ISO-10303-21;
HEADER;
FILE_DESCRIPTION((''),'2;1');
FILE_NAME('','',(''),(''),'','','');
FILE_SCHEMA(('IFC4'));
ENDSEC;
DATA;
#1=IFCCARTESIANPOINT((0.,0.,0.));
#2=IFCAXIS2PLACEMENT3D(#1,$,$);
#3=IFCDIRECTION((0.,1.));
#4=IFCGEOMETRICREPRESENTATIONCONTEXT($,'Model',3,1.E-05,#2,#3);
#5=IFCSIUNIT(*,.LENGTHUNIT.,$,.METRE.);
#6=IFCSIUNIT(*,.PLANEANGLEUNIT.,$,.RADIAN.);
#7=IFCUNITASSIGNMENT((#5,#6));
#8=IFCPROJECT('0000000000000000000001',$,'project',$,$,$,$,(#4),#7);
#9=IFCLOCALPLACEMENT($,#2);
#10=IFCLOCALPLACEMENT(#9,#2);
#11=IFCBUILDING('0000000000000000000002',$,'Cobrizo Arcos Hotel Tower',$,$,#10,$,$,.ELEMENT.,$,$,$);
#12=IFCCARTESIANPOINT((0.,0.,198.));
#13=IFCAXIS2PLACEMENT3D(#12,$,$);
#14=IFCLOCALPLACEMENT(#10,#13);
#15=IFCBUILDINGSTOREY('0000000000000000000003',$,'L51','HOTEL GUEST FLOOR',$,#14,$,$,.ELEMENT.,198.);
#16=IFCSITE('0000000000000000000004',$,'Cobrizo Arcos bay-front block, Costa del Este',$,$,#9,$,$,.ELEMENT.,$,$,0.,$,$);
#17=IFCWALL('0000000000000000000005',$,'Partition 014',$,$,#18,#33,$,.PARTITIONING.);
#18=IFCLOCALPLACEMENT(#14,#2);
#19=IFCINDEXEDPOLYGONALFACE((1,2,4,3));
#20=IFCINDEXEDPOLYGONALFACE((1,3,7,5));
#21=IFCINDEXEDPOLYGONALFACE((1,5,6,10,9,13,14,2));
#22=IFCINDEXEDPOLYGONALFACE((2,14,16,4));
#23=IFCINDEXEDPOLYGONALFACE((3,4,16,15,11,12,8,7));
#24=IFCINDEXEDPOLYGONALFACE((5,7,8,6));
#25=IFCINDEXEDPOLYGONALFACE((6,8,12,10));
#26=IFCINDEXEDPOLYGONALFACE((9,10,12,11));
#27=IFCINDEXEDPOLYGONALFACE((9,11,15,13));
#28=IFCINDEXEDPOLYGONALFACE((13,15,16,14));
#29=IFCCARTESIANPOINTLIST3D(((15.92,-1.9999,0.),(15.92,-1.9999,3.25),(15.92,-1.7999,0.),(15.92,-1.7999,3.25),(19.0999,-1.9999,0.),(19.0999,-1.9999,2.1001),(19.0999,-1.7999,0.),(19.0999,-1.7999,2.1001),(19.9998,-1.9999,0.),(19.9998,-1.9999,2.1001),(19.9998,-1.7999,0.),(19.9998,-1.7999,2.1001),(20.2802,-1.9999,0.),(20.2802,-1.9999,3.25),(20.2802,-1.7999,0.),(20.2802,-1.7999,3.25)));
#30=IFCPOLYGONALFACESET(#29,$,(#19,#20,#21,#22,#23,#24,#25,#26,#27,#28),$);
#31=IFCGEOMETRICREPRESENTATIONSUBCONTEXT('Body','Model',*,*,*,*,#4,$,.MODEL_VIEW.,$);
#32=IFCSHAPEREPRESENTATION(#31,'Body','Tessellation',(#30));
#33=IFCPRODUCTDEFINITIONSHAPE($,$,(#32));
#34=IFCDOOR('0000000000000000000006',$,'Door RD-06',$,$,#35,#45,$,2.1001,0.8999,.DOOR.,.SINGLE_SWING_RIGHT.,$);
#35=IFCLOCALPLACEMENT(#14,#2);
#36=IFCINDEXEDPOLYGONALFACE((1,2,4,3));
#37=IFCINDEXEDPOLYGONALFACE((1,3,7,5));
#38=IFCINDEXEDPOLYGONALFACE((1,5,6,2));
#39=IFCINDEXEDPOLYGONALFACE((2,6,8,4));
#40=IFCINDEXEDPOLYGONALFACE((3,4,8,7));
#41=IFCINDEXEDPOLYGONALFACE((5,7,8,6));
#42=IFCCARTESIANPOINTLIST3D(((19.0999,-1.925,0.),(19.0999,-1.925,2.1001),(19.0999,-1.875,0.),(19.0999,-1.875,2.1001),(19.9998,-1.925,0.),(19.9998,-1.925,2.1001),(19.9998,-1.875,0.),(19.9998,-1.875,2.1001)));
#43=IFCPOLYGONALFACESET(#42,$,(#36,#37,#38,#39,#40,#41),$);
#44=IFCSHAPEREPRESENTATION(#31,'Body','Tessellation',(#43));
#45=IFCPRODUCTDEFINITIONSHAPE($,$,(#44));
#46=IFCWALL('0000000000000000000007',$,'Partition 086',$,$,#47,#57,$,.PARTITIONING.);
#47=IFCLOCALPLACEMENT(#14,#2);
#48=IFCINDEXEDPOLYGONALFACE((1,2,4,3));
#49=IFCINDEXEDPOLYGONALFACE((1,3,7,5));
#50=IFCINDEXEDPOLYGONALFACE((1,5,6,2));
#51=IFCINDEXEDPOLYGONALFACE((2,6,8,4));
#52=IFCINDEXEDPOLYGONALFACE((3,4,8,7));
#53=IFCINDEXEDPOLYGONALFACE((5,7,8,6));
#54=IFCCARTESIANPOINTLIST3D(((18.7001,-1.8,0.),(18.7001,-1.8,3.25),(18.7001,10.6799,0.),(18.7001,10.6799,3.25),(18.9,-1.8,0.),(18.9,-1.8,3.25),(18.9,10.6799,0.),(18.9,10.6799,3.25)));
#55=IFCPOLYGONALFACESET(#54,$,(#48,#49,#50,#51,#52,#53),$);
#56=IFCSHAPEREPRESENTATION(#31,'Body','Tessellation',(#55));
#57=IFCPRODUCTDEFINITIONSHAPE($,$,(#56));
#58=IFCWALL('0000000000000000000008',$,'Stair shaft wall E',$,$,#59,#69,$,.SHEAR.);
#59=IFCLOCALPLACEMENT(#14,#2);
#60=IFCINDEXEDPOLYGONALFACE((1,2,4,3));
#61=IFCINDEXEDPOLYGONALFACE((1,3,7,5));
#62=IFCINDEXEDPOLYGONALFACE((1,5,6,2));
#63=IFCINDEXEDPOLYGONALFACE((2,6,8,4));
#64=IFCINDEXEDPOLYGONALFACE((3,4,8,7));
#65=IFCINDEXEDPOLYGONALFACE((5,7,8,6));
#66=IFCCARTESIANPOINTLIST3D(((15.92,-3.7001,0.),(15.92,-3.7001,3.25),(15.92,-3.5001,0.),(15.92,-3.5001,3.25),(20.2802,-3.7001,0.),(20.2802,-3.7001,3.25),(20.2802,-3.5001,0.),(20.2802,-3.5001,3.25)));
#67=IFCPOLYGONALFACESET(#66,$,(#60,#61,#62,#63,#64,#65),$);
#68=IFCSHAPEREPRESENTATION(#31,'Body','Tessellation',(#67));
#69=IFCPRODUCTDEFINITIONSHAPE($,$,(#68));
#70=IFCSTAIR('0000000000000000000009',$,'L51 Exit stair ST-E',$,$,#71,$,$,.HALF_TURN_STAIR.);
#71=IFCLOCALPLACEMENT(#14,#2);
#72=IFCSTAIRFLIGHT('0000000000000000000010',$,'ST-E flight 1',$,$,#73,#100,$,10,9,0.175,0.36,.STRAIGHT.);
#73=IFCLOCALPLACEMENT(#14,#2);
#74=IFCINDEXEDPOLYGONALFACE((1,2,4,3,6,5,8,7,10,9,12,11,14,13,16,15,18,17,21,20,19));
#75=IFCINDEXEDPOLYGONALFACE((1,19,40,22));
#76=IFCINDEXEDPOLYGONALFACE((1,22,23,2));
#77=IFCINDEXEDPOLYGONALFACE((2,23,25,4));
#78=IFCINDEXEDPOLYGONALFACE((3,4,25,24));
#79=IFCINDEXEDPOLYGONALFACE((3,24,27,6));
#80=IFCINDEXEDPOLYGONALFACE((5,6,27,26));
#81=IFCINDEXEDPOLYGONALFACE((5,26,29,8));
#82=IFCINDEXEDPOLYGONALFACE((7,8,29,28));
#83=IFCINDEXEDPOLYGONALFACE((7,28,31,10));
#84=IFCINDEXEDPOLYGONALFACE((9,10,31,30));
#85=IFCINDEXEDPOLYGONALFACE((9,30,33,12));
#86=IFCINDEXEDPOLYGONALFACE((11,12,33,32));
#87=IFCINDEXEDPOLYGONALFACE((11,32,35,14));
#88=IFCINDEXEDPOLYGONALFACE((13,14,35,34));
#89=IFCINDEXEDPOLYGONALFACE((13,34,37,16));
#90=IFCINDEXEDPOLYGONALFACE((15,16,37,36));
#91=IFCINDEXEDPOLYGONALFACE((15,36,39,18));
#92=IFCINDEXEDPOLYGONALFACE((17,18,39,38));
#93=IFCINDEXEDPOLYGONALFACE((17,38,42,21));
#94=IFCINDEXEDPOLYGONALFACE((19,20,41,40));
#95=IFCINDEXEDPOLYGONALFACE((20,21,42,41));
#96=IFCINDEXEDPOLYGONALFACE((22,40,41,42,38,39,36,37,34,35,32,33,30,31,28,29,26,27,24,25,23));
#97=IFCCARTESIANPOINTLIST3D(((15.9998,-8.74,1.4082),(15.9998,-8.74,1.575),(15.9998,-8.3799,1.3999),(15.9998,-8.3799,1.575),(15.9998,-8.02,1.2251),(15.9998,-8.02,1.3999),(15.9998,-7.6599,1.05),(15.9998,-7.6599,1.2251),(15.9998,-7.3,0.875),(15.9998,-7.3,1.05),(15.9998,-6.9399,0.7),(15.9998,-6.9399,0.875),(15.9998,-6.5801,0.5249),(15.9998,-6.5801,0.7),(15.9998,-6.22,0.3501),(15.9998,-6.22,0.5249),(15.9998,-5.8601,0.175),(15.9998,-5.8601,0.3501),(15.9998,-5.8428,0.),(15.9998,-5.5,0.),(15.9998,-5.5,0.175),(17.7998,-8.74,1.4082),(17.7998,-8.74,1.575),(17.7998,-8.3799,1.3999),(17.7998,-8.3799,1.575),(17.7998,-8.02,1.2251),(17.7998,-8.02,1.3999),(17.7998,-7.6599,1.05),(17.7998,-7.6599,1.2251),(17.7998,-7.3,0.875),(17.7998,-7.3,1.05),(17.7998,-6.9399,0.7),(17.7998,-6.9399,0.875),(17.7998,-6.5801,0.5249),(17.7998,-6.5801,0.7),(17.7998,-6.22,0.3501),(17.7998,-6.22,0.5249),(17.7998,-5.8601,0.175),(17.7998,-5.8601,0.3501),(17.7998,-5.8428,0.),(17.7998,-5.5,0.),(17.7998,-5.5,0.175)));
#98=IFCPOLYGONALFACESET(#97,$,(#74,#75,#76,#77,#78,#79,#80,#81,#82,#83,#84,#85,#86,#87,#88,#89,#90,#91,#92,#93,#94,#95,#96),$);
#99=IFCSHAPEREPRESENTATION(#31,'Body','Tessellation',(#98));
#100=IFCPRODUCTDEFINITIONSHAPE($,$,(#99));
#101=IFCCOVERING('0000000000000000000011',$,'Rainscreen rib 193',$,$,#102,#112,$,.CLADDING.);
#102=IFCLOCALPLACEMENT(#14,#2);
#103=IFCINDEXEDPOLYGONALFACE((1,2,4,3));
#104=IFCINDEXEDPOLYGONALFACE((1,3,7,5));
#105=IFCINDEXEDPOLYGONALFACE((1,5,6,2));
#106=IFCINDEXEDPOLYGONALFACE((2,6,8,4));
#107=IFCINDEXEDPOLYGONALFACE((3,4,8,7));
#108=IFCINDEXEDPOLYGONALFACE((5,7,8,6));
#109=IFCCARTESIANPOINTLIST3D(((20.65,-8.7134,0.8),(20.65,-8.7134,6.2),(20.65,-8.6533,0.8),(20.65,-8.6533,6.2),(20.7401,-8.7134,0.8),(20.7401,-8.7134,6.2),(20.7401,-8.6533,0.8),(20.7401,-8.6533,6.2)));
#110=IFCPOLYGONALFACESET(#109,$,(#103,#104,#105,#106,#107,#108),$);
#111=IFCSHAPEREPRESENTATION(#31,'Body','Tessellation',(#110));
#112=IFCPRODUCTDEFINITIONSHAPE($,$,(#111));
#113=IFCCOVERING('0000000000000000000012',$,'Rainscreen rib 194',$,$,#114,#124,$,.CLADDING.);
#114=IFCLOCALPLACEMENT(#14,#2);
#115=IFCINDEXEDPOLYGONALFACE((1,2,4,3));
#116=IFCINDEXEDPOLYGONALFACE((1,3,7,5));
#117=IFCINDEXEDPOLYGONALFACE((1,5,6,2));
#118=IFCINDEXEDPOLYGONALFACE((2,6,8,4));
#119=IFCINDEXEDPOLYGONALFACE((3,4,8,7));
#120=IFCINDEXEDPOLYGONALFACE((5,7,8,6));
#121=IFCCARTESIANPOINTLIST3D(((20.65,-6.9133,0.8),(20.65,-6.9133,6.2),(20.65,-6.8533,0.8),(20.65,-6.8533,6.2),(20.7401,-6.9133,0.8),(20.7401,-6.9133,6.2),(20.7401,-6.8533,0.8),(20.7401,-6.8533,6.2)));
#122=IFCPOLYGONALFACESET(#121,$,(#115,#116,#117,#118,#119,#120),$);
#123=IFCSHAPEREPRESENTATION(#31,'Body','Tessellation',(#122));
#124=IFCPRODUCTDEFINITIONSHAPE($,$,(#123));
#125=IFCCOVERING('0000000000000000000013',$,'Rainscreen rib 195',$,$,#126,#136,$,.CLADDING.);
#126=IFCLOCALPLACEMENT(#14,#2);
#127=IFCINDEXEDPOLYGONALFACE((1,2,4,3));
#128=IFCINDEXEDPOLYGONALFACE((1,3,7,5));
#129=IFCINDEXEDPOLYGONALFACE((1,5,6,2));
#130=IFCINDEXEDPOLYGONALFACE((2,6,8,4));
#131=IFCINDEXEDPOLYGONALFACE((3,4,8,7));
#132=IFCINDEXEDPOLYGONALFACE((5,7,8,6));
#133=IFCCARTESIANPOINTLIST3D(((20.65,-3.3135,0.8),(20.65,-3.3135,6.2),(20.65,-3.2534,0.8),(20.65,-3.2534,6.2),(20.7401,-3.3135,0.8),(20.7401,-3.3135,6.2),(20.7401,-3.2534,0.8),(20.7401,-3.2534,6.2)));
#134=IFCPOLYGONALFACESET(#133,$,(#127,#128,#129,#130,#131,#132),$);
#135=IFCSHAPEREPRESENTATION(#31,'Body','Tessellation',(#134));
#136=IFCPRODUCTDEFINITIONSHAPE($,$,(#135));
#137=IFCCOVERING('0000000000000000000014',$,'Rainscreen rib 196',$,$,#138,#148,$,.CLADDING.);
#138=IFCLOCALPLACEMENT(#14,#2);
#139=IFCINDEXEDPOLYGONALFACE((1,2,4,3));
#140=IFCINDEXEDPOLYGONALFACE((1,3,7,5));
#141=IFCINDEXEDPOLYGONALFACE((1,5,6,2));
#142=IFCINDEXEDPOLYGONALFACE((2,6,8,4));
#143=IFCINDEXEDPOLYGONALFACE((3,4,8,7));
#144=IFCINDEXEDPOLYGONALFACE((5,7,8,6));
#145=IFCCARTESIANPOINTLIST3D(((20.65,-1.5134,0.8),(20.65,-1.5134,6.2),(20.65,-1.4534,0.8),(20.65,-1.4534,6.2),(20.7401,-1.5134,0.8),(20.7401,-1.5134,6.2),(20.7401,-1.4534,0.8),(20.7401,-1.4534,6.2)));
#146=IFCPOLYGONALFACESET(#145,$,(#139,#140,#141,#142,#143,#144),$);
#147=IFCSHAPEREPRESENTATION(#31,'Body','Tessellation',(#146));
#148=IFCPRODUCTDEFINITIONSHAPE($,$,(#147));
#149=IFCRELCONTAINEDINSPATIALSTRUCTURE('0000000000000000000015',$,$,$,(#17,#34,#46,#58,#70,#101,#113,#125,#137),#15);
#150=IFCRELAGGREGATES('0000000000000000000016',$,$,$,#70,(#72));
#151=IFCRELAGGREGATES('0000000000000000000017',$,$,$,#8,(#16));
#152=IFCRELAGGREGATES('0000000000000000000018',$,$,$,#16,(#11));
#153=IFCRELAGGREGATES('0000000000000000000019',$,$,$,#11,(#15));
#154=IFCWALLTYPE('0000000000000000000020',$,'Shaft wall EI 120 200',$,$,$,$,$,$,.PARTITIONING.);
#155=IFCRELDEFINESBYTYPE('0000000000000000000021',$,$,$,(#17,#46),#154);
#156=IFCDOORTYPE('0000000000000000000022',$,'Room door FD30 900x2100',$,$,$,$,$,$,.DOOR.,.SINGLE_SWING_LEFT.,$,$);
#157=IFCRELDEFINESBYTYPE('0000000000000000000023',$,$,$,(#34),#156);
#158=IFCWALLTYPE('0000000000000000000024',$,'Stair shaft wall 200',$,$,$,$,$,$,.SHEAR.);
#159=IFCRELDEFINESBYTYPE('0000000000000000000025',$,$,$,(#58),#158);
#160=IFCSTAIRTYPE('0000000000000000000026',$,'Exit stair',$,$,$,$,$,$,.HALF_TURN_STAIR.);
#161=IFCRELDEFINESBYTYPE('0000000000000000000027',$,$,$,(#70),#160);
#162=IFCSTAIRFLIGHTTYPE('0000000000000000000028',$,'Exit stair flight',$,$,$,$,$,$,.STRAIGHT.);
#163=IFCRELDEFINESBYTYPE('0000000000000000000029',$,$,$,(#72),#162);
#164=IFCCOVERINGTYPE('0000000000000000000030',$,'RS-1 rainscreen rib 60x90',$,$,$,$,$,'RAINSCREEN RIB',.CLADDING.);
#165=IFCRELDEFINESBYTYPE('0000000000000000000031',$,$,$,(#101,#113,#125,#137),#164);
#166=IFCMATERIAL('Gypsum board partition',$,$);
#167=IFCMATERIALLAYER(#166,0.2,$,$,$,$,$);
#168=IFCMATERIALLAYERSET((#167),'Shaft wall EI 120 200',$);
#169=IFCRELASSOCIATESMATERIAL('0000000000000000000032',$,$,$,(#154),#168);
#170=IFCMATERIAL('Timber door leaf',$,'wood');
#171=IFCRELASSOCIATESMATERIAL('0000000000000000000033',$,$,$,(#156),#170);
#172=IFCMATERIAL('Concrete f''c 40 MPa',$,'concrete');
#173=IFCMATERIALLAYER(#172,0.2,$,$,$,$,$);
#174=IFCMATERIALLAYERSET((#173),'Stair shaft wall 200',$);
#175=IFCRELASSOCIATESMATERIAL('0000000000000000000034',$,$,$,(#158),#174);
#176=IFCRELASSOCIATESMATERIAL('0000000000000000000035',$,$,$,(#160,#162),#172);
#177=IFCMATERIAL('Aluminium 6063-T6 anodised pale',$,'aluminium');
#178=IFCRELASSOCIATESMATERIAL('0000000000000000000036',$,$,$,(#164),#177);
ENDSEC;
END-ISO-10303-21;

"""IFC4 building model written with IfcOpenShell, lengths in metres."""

from ifc_helpers import new_model, si_unit, direction, frame, frame_2d, origin, origin_2d, place, context, subcontext, project, spatial, polyline, rectangle, outline, extrude, material, layer, layer_set, type_object, element, fill, aggregate, save


model = new_model("IFC4")

# Units and contexts
model_context = context("Model", 3, precision=1e-05, world=origin(), true_north=direction((0.0, 1.0)))
body_context = subcontext(model_context, "Body", "Model", "MODEL_VIEW")
ifc_project = project(units=[si_unit("LENGTHUNIT", "METRE"), si_unit("PLANEANGLEUNIT", "RADIAN")], contexts=[model_context])

# Site, building, storey
site_placement = place(None, origin())
site = spatial("IfcSite", under=ifc_project, at=site_placement, Name="Cobrizo Arcos bay-front block, Costa del Este", CompositionType="ELEMENT", RefElevation=0.0)
building_placement = place(site_placement, origin())
building = spatial("IfcBuilding", under=site, at=building_placement, Name="Cobrizo Arcos Hotel Tower", CompositionType="ELEMENT")
storey_placement = place(building_placement, frame((0.0, 0.0, 198.0)))
storey = spatial("IfcBuildingStorey", under=building, at=storey_placement, Name="L51", Description="HOTEL GUEST FLOOR", CompositionType="ELEMENT", Elevation=198.0)

# Wall, opening, door
ifc_material_1 = material(Name="Gypsum board partition")
ifc_layer_1 = layer(ifc_material_1, 0.2)
ifc_layer_set_1 = layer_set([ifc_layer_1], Name="Shaft wall EI 120 200")
wall_type_1 = type_object("IfcWallType", Name="Shaft wall EI 120 200", PredefinedType="PARTITIONING", material=ifc_layer_set_1)
wall_1_placement = place(storey_placement, frame((15.9199, -1.8999, 0.0), z_axis=(0.0, 0.0, 1.0), x_axis=(1.0, 0.0, 0.0)))
wall_1 = element("IfcWall", 1, at=wall_1_placement, inside=storey, type_object=wall_type_1, Name="Partition 014", PredefinedType="PARTITIONING", context=body_context, shape_type="SweptSolid", body=[
    extrude(rectangle(XDim=4.3601, YDim=0.2, at=frame_2d((2.1802, 0.0))), origin(), (0.0, 0.0, 1.0), 3.25),
])
opening_placement = place(wall_1_placement, frame((3.1799, 0.0, 0.0)))
opening = element("IfcOpeningElement", 2, at=opening_placement, cuts=wall_1, PredefinedType="OPENING", context=body_context, shape_type="SweptSolid", body=[
    extrude(rectangle(XDim=0.8999, YDim=2.1001, at=frame_2d((0.45, 1.05))), frame((0.0, 0.1121, 0.0), z_axis=(0.0, -1.0, 0.0), x_axis=(1.0, 0.0, 0.0)), (0.0, 0.0, 1.0), 0.2239),
])
ifc_material_2 = material(Name="Timber door leaf", Category="wood")
door_type = type_object("IfcDoorType", Name="Room door FD30 900x2100", OperationType="SINGLE_SWING_LEFT", PredefinedType="DOOR", material=ifc_material_2)
door_placement = place(opening_placement, origin())
door = element("IfcDoor", 3, at=door_placement, inside=storey, type_object=door_type, Name="Door RD-06", OperationType="SINGLE_SWING_RIGHT", OverallHeight=2.1001, OverallWidth=0.8999, PredefinedType="DOOR", context=body_context, shape_type="SweptSolid", body=[
    extrude(rectangle(XDim=0.8999, YDim=2.1001, at=frame_2d((0.45, 1.05))), frame((0.0, 0.0249, 0.0), z_axis=(0.0, -1.0, 0.0), x_axis=(1.0, 0.0, 0.0)), (0.0, 0.0, 1.0), 0.05),
])
fill(opening, door)

# Walls
wall_2_placement = place(storey_placement, frame((18.8, -1.8, 0.0), z_axis=(0.0, 0.0, 1.0), x_axis=(0.0, 1.0, 0.0)))
element("IfcWall", 4, at=wall_2_placement, inside=storey, type_object=wall_type_1, Name="Partition 086", PredefinedType="PARTITIONING", context=body_context, shape_type="SweptSolid", body=[
    extrude(rectangle(XDim=12.48, YDim=0.2, at=frame_2d((6.24, 0.0))), origin(), (0.0, 0.0, 1.0), 3.25),
])
ifc_material_3 = material(Name="Concrete f'c 40 MPa", Category="concrete")
ifc_layer_2 = layer(ifc_material_3, 0.2)
ifc_layer_set_2 = layer_set([ifc_layer_2], Name="Stair shaft wall 200")
wall_type_2 = type_object("IfcWallType", Name="Stair shaft wall 200", PredefinedType="SHEAR", material=ifc_layer_set_2)
wall_3_placement = place(storey_placement, frame((15.9199, -3.6001, 0.0), z_axis=(0.0, 0.0, 1.0), x_axis=(1.0, 0.0, 0.0)))
element("IfcWall", 5, at=wall_3_placement, inside=storey, type_object=wall_type_2, Name="Stair shaft wall E", PredefinedType="SHEAR", context=body_context, shape_type="SweptSolid", body=[
    extrude(rectangle(XDim=4.3601, YDim=0.2, at=frame_2d((2.1802, 0.0))), origin(), (0.0, 0.0, 1.0), 3.25),
])

# Stair, stair flight
stair_type = type_object("IfcStairType", Name="Exit stair", PredefinedType="HALF_TURN_STAIR", material=ifc_material_3)
stair_placement = place(storey_placement, origin())
stair = element("IfcStair", 6, at=stair_placement, inside=storey, type_object=stair_type, Name="L51 Exit stair ST-E", PredefinedType="HALF_TURN_STAIR")
stair_flight_type = type_object("IfcStairFlightType", Name="Exit stair flight", PredefinedType="STRAIGHT", material=ifc_material_3)
stair_flight_placement = place(storey_placement, frame((16.8999, -5.5, 0.0), z_axis=(0.0, 0.0, 1.0), x_axis=(0.0, -1.0, 0.0)))
stair_flight = element("IfcStairFlight", 7, at=stair_flight_placement, type_object=stair_flight_type, Name="ST-E flight 1", NumberOfRisers=10, NumberOfTreads=9, PredefinedType="STRAIGHT", RiserHeight=0.175, TreadLength=0.36, context=body_context, shape_type="SweptSolid", body=[
    extrude(outline(polyline([(0.0, 0.0), (0.0, 0.175), (0.3601, 0.175), (0.3601, 0.3501), (0.72, 0.3501), (0.72, 0.5249), (1.0801, 0.5249), (1.0801, 0.7), (1.4399, 0.7), (1.4399, 0.875), (1.8, 0.875), (1.8, 1.05), (2.1599, 1.05), (2.1599, 1.2251), (2.52, 1.2251), (2.52, 1.3999), (2.8799, 1.3999), (2.8799, 1.575), (3.24, 1.575), (3.24, 1.75), (3.24, 1.4082), (0.3428, 0.0), (0.0, 0.0)])), frame((0.0, 0.8999, 0.0), z_axis=(0.0, -1.0, 0.0), x_axis=(1.0, 0.0, 0.0)), (0.0, 0.0, 1.0), 1.8),
])
aggregate(stair, [stair_flight])

# Coverings
ifc_material_4 = material(Name="Aluminium 6063-T6 anodised pale", Category="aluminium")
covering_type = type_object("IfcCoveringType", Name="RS-1 rainscreen rib 60x90", ElementType="RAINSCREEN RIB", PredefinedType="CLADDING", material=ifc_material_4)
for number, where, z_axis, x_axis, name in (
    (8, (20.6951, -8.6833, 0.8), (0.0, 0.0, 1.0), (0.0, 1.0, 0.0), "Rainscreen rib 193"),
    (9, (20.6951, -6.8833, 0.8), (0.0, 0.0, 1.0), (0.0, 1.0, 0.0), "Rainscreen rib 194"),
    (10, (20.6951, -3.2834, 0.8), (0.0, 0.0, 1.0), (0.0, 1.0, 0.0), "Rainscreen rib 195"),
    (11, (20.6951, -1.4834, 0.8), (0.0, 0.0, 1.0), (0.0, 1.0, 0.0), "Rainscreen rib 196"),
):
    element("IfcCovering", number, at=place(storey_placement, frame(where, z_axis=z_axis, x_axis=x_axis)), inside=storey, type_object=covering_type, Name=name, PredefinedType="CLADDING", context=body_context, shape_type="SweptSolid", body=[
        extrude(rectangle(XDim=0.0601, YDim=0.0901, at=origin_2d()), origin(), (0.0, 0.0, 1.0), 5.3999),
    ])

save(model, "model.ifc")
